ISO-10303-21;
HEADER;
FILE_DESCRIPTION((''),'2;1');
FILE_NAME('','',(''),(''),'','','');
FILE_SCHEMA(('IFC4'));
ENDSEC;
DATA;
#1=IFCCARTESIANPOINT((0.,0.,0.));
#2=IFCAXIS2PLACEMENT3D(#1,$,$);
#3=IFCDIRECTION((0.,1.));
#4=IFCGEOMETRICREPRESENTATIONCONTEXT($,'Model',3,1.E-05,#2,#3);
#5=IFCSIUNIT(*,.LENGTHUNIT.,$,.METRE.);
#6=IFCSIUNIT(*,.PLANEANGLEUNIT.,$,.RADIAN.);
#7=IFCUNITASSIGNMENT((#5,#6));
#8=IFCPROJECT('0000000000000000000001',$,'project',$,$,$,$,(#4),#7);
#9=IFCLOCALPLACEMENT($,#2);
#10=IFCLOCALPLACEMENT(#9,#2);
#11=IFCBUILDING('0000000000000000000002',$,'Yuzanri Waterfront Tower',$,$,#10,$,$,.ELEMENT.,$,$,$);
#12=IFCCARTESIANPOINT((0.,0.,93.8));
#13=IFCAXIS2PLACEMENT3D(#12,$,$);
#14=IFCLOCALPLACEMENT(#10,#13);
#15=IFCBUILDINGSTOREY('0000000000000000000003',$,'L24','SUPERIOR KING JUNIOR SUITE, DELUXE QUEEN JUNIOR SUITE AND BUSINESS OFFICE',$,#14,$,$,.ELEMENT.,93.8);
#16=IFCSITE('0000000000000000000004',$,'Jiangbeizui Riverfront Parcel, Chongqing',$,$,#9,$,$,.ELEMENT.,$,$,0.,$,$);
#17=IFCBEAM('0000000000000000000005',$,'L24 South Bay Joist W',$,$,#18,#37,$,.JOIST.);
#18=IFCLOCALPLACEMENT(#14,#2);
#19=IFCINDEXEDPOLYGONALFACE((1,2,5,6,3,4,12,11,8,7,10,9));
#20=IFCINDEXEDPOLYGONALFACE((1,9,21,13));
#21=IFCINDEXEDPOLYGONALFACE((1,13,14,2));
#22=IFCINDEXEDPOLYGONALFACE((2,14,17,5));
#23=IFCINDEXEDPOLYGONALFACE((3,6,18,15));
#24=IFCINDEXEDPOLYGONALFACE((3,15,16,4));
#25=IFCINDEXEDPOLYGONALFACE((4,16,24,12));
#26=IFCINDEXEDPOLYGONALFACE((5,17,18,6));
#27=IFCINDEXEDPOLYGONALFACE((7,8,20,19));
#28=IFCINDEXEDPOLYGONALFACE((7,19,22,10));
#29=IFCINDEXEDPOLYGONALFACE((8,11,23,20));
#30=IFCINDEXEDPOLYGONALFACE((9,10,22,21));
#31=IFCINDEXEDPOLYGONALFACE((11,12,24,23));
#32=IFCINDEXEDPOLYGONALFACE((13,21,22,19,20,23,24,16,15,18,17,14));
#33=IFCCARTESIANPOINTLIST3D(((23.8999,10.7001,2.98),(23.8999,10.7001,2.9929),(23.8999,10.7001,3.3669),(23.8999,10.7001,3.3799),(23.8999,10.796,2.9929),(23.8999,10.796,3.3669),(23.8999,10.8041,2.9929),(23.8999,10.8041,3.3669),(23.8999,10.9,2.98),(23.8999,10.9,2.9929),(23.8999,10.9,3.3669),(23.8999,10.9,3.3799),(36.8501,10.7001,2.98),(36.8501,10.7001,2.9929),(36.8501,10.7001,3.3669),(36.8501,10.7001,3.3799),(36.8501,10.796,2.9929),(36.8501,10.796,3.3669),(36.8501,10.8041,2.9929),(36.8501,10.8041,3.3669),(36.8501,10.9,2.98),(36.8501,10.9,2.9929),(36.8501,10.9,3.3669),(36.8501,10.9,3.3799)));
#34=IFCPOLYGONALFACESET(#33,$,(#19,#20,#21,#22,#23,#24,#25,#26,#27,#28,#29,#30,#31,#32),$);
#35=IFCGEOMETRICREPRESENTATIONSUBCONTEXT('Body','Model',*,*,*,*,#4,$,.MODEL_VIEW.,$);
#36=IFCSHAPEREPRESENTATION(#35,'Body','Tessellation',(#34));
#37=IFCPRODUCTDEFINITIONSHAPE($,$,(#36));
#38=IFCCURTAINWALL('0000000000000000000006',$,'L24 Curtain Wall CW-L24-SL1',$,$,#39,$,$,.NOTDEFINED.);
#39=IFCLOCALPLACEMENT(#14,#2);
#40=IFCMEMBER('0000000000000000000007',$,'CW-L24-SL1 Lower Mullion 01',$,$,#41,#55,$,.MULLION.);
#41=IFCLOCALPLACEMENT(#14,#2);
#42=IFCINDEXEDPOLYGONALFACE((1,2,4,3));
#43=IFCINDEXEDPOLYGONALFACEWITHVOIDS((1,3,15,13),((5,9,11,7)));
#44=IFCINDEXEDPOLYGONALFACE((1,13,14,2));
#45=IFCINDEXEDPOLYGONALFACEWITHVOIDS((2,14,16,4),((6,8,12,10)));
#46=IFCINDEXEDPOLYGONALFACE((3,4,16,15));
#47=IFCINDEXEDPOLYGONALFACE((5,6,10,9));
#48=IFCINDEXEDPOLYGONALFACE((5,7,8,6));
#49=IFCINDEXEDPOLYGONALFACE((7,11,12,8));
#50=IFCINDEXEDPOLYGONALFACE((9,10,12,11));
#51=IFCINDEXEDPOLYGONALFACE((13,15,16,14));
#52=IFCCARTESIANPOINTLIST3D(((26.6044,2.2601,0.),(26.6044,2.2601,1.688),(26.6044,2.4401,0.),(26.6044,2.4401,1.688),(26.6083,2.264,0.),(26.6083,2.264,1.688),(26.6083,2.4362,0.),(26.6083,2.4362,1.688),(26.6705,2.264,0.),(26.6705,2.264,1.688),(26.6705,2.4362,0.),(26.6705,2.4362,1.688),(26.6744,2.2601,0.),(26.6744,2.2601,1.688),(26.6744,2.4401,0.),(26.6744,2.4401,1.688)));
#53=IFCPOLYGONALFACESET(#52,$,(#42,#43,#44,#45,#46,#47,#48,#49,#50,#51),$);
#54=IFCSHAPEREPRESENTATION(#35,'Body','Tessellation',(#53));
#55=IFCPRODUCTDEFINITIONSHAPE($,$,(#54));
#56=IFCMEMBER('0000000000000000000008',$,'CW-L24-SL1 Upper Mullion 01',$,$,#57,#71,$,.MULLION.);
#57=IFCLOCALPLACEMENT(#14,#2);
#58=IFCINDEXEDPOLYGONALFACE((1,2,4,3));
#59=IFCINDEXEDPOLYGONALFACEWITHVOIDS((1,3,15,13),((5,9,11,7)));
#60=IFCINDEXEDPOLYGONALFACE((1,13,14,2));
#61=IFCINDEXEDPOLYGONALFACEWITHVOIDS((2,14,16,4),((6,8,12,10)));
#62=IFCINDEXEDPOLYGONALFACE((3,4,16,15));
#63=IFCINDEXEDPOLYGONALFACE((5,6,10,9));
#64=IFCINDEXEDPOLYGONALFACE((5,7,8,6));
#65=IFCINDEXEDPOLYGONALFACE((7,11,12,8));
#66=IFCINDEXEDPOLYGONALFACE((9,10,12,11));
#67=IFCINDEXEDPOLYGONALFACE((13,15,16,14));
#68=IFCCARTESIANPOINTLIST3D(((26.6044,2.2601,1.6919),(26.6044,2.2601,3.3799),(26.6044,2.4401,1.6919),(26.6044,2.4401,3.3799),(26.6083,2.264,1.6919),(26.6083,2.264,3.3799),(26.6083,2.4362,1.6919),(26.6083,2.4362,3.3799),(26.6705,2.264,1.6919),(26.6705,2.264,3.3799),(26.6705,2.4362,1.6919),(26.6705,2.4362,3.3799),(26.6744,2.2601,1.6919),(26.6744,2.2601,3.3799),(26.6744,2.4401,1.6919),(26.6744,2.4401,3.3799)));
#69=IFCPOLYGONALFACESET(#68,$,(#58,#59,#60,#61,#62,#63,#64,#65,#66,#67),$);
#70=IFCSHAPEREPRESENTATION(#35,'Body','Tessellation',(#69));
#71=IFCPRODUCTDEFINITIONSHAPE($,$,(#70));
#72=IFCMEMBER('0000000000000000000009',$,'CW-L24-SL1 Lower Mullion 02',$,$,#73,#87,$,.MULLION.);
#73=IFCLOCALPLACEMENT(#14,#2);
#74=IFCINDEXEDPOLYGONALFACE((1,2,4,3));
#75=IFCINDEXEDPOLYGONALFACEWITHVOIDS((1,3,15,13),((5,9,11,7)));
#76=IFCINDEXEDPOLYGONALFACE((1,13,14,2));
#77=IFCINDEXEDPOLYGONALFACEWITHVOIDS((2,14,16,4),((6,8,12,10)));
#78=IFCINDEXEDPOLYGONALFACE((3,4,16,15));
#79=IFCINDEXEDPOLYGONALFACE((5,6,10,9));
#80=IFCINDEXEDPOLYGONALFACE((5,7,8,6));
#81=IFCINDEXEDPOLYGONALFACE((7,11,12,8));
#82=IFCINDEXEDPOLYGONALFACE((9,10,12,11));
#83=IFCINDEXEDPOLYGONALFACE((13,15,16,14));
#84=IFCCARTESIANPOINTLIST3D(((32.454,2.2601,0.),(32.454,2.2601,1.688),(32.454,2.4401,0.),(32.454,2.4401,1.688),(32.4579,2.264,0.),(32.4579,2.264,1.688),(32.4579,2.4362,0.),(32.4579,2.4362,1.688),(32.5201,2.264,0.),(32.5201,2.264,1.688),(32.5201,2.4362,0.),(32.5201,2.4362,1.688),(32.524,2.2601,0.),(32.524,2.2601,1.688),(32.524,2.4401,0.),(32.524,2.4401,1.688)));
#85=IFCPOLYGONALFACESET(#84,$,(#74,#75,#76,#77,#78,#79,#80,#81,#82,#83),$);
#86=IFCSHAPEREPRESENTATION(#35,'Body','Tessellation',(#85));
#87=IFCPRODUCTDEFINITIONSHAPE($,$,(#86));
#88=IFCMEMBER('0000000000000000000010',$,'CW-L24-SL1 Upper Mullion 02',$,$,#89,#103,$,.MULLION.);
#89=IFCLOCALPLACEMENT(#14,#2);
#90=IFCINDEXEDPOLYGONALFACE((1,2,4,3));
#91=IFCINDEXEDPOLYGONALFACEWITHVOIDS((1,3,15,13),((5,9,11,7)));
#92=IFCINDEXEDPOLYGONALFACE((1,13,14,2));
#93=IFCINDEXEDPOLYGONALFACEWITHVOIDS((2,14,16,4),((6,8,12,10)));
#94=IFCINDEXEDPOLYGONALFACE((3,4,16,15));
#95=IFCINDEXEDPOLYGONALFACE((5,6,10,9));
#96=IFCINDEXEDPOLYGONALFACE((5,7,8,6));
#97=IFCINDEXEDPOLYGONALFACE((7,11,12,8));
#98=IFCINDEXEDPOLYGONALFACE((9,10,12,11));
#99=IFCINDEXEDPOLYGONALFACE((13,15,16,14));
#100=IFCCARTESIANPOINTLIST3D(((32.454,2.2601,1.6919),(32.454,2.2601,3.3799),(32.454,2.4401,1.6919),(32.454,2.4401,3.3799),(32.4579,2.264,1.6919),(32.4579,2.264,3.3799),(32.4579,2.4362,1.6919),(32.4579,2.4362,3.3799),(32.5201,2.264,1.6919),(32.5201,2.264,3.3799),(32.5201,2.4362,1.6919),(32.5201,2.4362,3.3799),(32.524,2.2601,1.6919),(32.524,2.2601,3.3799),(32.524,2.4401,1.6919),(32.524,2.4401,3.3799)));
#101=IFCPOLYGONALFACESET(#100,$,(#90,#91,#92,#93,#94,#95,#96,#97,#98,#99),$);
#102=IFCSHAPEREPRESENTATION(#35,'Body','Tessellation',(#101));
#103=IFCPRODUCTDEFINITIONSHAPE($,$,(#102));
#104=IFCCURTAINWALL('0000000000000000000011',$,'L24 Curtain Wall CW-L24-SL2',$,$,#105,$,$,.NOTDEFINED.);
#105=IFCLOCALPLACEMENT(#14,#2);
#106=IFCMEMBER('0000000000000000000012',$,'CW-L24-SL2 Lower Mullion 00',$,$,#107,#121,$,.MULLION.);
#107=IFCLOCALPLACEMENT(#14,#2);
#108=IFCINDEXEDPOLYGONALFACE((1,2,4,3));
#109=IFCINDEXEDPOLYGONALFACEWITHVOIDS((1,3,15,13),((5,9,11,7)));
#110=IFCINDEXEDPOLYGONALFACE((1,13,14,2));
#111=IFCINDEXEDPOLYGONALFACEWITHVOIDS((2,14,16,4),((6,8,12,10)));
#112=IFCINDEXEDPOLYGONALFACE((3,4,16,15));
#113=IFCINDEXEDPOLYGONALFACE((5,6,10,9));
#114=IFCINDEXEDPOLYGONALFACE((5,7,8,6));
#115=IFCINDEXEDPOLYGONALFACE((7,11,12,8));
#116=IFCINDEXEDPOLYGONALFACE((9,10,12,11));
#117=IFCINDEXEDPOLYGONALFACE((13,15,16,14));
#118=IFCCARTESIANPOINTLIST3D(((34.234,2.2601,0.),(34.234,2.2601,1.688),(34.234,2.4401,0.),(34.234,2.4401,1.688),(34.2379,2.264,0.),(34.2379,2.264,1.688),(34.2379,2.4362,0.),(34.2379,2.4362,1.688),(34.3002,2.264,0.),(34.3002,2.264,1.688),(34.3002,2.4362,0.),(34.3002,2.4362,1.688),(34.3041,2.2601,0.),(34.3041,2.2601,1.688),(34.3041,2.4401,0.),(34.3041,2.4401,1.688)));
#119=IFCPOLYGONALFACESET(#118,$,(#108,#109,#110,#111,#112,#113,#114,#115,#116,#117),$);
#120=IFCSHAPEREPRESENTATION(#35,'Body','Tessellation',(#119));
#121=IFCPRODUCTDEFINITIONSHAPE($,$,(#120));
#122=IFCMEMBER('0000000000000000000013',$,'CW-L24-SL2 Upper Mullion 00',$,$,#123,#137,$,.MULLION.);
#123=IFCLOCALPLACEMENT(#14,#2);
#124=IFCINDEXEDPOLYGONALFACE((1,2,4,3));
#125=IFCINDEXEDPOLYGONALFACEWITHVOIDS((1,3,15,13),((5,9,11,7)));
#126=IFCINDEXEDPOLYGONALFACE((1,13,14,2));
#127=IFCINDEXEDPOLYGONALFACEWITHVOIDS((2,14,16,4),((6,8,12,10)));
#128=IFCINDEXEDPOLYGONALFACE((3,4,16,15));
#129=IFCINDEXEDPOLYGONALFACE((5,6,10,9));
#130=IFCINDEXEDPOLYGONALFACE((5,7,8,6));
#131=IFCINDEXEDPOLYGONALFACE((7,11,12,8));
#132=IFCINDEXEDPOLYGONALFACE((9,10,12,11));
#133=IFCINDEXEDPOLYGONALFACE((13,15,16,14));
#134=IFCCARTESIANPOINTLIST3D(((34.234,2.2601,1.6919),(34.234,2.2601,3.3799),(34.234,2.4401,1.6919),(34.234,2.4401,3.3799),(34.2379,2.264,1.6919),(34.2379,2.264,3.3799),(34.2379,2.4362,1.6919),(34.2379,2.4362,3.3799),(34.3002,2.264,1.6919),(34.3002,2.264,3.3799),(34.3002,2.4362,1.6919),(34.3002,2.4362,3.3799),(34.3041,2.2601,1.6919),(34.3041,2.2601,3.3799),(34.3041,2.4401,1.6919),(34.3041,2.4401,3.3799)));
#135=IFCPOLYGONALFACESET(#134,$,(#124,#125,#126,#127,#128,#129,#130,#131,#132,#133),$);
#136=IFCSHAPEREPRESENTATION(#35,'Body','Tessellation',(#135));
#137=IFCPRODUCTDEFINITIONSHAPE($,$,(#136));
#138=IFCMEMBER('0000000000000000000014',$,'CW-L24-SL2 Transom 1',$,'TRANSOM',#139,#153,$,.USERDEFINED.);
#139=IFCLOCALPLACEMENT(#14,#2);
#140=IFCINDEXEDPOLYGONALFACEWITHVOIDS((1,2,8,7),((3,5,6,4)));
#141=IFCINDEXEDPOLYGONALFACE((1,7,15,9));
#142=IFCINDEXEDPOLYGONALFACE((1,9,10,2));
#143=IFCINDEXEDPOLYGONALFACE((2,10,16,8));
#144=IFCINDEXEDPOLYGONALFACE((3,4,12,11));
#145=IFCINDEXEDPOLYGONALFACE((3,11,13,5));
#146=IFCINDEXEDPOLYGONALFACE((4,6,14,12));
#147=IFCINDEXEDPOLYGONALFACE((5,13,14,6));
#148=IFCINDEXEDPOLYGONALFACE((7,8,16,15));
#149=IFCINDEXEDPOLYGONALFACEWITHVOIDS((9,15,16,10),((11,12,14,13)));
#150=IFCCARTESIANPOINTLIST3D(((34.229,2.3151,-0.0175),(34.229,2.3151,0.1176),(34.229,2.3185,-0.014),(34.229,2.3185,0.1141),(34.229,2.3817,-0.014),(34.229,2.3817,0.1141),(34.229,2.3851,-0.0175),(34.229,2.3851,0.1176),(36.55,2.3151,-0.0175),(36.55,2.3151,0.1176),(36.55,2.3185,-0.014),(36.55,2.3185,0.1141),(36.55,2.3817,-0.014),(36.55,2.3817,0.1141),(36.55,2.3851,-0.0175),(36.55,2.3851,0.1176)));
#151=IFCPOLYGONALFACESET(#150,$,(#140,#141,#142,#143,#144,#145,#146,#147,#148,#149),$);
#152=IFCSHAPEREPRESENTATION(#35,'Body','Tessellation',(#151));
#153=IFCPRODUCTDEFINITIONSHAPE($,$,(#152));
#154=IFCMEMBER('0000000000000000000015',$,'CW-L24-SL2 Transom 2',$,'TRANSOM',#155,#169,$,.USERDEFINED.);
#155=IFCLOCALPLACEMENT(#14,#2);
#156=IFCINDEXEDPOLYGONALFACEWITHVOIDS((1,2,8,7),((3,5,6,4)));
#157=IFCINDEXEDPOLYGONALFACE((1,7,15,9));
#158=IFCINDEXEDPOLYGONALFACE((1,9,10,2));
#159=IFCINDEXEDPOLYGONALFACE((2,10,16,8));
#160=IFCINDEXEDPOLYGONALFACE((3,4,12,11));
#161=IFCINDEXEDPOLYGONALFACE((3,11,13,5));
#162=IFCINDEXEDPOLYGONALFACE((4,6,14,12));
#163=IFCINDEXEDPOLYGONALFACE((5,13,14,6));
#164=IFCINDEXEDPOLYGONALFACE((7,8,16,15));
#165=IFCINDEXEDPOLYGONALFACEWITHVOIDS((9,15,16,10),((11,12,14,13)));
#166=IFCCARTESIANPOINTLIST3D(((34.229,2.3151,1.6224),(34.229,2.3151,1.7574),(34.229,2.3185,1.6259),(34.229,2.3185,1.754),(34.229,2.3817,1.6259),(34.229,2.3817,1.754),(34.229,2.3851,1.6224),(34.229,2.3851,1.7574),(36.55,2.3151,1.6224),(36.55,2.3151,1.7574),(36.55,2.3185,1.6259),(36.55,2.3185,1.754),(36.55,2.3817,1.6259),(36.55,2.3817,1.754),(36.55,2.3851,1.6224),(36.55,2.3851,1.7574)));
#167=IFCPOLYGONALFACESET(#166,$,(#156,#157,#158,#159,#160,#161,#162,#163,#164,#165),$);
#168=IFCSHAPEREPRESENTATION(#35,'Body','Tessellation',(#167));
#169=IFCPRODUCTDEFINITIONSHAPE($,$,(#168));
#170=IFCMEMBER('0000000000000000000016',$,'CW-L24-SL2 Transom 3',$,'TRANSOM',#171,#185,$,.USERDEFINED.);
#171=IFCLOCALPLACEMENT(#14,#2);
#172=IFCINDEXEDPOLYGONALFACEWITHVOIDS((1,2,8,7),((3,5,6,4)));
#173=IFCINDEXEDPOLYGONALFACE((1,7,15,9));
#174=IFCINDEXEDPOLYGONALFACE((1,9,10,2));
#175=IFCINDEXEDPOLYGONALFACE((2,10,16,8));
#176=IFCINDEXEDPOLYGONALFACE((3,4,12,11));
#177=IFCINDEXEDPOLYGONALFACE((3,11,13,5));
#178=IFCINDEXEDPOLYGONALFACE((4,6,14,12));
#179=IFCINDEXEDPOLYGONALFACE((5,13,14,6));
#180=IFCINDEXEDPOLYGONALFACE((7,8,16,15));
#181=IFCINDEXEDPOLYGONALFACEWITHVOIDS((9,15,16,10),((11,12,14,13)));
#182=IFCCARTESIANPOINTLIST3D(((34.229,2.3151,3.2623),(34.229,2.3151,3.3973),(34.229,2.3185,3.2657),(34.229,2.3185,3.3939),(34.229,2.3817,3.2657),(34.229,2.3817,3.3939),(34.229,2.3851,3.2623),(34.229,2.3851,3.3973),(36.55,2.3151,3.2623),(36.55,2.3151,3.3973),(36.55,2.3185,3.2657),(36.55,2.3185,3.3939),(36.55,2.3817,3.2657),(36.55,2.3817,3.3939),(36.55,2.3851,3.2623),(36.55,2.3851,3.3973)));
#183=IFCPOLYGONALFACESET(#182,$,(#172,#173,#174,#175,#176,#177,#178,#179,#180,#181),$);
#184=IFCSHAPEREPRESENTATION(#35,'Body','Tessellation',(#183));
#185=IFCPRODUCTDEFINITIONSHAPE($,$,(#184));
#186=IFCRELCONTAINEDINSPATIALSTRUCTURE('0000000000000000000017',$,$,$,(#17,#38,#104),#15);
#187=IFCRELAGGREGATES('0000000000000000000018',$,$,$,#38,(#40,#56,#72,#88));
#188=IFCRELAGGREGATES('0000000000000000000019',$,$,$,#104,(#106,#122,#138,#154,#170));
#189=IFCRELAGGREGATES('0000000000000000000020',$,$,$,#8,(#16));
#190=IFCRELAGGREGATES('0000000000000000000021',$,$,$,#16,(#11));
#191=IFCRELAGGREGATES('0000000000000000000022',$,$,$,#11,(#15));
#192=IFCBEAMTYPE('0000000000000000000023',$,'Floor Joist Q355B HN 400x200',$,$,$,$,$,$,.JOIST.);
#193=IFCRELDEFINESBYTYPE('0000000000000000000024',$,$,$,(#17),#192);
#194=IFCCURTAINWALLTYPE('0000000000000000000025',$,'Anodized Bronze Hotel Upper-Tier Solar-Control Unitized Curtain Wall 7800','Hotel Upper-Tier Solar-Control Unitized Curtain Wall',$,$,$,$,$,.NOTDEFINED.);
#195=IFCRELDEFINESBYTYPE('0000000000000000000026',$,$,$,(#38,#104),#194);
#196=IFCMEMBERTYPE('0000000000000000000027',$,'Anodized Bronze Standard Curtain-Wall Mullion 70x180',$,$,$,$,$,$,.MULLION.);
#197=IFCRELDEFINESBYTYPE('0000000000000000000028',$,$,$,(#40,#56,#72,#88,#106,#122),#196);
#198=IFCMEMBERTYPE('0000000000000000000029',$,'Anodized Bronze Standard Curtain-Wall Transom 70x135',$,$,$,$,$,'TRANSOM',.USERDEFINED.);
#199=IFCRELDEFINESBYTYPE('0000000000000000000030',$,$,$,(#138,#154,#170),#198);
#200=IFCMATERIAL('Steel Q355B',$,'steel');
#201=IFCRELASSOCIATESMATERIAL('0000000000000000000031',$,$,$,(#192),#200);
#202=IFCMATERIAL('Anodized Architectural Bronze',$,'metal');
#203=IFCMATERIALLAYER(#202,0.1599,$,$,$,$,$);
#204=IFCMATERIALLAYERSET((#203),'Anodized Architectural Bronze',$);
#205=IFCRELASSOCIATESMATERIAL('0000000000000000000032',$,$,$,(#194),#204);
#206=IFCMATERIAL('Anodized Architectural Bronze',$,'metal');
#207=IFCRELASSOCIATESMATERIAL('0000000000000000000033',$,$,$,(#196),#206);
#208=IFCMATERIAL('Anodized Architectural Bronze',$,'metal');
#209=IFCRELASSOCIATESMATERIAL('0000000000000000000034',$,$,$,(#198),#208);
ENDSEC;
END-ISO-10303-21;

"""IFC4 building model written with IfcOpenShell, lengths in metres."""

from ifc_helpers import new_model, si_unit, direction, frame, origin, origin_2d, place, context, subcontext, project, spatial, hollow_rectangle, i_section, extrude, source, transform, mapped, material, layer, layer_set, material_profile, profile_set, type_object, element, aggregate, save


model = new_model("IFC4")

# Units and contexts
model_context = context("Model", 3, precision=1e-05, world=origin(), true_north=direction((0.0, 1.0)))
body_context = subcontext(model_context, "Body", "Model", "MODEL_VIEW")
ifc_project = project(units=[si_unit("LENGTHUNIT", "METRE"), si_unit("PLANEANGLEUNIT", "RADIAN")], contexts=[model_context])

# Site, building, storey
site_placement = place(None, origin())
site = spatial("IfcSite", under=ifc_project, at=site_placement, Name="Jiangbeizui Riverfront Parcel, Chongqing", CompositionType="ELEMENT", RefElevation=0.0)
building_placement = place(site_placement, origin())
building = spatial("IfcBuilding", under=site, at=building_placement, Name="Yuzanri Waterfront Tower", CompositionType="ELEMENT")
storey_placement = place(building_placement, frame((0.0, 0.0, 93.8)))
storey = spatial("IfcBuildingStorey", under=building, at=storey_placement, Name="L24", Description="SUPERIOR KING JUNIOR SUITE, DELUXE QUEEN JUNIOR SUITE AND BUSINESS OFFICE", CompositionType="ELEMENT", Elevation=93.8)

# Beam
ifc_material_1 = material(Name="Steel Q355B", Category="steel")
ifc_material_profile_1 = material_profile(ifc_material_1, i_section(OverallWidth=0.2, OverallDepth=0.3999, WebThickness=0.0081, FlangeThickness=0.0129, at=origin_2d()), Name="HN 400x200x8x13")
ifc_profile_set_1 = profile_set([ifc_material_profile_1], Name="Steel Q355B")
beam_type = type_object("IfcBeamType", Name="Floor Joist Q355B HN 400x200", PredefinedType="JOIST", material=ifc_profile_set_1)
shared_shape_1 = source(origin(), body_context, "Body", "SweptSolid", [
    extrude(i_section(OverallWidth=0.2, OverallDepth=0.3999, WebThickness=0.0081, FlangeThickness=0.0129, at=origin_2d()), origin(), (0.0, 0.0, 1.0), 12.9502),
])
beam_placement = place(storey_placement, frame((23.8999, 10.8, 3.1799), z_axis=(1.0, 0.0, 0.0), x_axis=(0.0, 1.0, 0.0)))
element("IfcBeam", 1, at=beam_placement, inside=storey, type_object=beam_type, Name="L24 South Bay Joist W", PredefinedType="JOIST", context=body_context, shape_type="MappedRepresentation", body=[
    mapped(shared_shape_1, transform((0.0, 0.0, 0.0), scale=1.0)),
])

# Curtain walls, members
ifc_material_2 = material(Name="Anodized Architectural Bronze", Category="metal")
ifc_layer_1 = layer(ifc_material_2, 0.1599)
ifc_layer_set_1 = layer_set([ifc_layer_1], Name="Anodized Architectural Bronze")
curtain_wall_type = type_object("IfcCurtainWallType", Name="Anodized Bronze Hotel Upper-Tier Solar-Control Unitized Curtain Wall 7800", Description="Hotel Upper-Tier Solar-Control Unitized Curtain Wall", PredefinedType="NOTDEFINED", material=ifc_layer_set_1)
curtain_wall_1_placement = place(storey_placement, origin())
curtain_wall_1 = element("IfcCurtainWall", 2, at=curtain_wall_1_placement, inside=storey, type_object=curtain_wall_type, Name="L24 Curtain Wall CW-L24-SL1", PredefinedType="NOTDEFINED")
ifc_material_3 = material(Name="Anodized Architectural Bronze", Category="metal")
ifc_material_profile_2 = material_profile(ifc_material_3, hollow_rectangle(XDim=0.0701, YDim=0.1799, WallThickness=0.0039, at=origin_2d()), Name="CWM 70x180")
ifc_profile_set_2 = profile_set([ifc_material_profile_2], Name="Anodized Architectural Bronze")
member_type_1 = type_object("IfcMemberType", Name="Anodized Bronze Standard Curtain-Wall Mullion 70x180", PredefinedType="MULLION", material=ifc_profile_set_2)
shared_shape_2 = source(origin(), body_context, "Body", "SweptSolid", [
    extrude(hollow_rectangle(XDim=0.0701, YDim=0.1799, WallThickness=0.0039, at=origin_2d()), origin(), (0.0, 0.0, 1.0), 1.688),
])
member_1_placement = place(storey_placement, frame((26.6394, 2.3501, 0.0), z_axis=(0.0, 0.0, 1.0), x_axis=(1.0, 0.0, 0.0)))
member_1 = element("IfcMember", 3, at=member_1_placement, type_object=member_type_1, Name="CW-L24-SL1 Lower Mullion 01", PredefinedType="MULLION", context=body_context, shape_type="MappedRepresentation", body=[
    mapped(shared_shape_2, transform((0.0, 0.0, 0.0), scale=1.0)),
])
member_2_placement = place(storey_placement, frame((26.6394, 2.3501, 1.6919), z_axis=(0.0, 0.0, 1.0), x_axis=(1.0, 0.0, 0.0)))
member_2 = element("IfcMember", 4, at=member_2_placement, type_object=member_type_1, Name="CW-L24-SL1 Upper Mullion 01", PredefinedType="MULLION", context=body_context, shape_type="MappedRepresentation", body=[
    mapped(shared_shape_2, transform((0.0, 0.0, 0.0), scale=1.0)),
])
member_3_placement = place(storey_placement, frame((32.489, 2.3501, 0.0), z_axis=(0.0, 0.0, 1.0), x_axis=(1.0, 0.0, 0.0)))
member_3 = element("IfcMember", 5, at=member_3_placement, type_object=member_type_1, Name="CW-L24-SL1 Lower Mullion 02", PredefinedType="MULLION", context=body_context, shape_type="MappedRepresentation", body=[
    mapped(shared_shape_2, transform((0.0, 0.0, 0.0), scale=1.0)),
])
member_4_placement = place(storey_placement, frame((32.489, 2.3501, 1.6919), z_axis=(0.0, 0.0, 1.0), x_axis=(1.0, 0.0, 0.0)))
member_4 = element("IfcMember", 6, at=member_4_placement, type_object=member_type_1, Name="CW-L24-SL1 Upper Mullion 02", PredefinedType="MULLION", context=body_context, shape_type="MappedRepresentation", body=[
    mapped(shared_shape_2, transform((0.0, 0.0, 0.0), scale=1.0)),
])
curtain_wall_2_placement = place(storey_placement, origin())
curtain_wall_2 = element("IfcCurtainWall", 7, at=curtain_wall_2_placement, inside=storey, type_object=curtain_wall_type, Name="L24 Curtain Wall CW-L24-SL2", PredefinedType="NOTDEFINED")
member_5_placement = place(storey_placement, frame((34.269, 2.3501, 0.0), z_axis=(0.0, 0.0, 1.0), x_axis=(1.0, 0.0, 0.0)))
member_5 = element("IfcMember", 8, at=member_5_placement, type_object=member_type_1, Name="CW-L24-SL2 Lower Mullion 00", PredefinedType="MULLION", context=body_context, shape_type="MappedRepresentation", body=[
    mapped(shared_shape_2, transform((0.0, 0.0, 0.0), scale=1.0)),
])
member_6_placement = place(storey_placement, frame((34.269, 2.3501, 1.6919), z_axis=(0.0, 0.0, 1.0), x_axis=(1.0, 0.0, 0.0)))
member_6 = element("IfcMember", 9, at=member_6_placement, type_object=member_type_1, Name="CW-L24-SL2 Upper Mullion 00", PredefinedType="MULLION", context=body_context, shape_type="MappedRepresentation", body=[
    mapped(shared_shape_2, transform((0.0, 0.0, 0.0), scale=1.0)),
])
ifc_material_4 = material(Name="Anodized Architectural Bronze", Category="metal")
ifc_material_profile_3 = material_profile(ifc_material_4, hollow_rectangle(XDim=0.0701, YDim=0.135, WallThickness=0.0034, at=origin_2d()), Name="CWT 70x135")
ifc_profile_set_3 = profile_set([ifc_material_profile_3], Name="Anodized Architectural Bronze")
member_type_2 = type_object("IfcMemberType", Name="Anodized Bronze Standard Curtain-Wall Transom 70x135", ElementType="TRANSOM", PredefinedType="USERDEFINED", material=ifc_profile_set_3)
shared_shape_3 = source(origin(), body_context, "Body", "SweptSolid", [
    extrude(hollow_rectangle(XDim=0.0701, YDim=0.135, WallThickness=0.0034, at=origin_2d()), origin(), (0.0, 0.0, 1.0), 2.321),
])
member_7_placement = place(storey_placement, frame((34.229, 2.3501, 0.05), z_axis=(1.0, 0.0, 0.0), x_axis=(0.0, 1.0, 0.0)))
member_7 = element("IfcMember", 10, at=member_7_placement, type_object=member_type_2, Name="CW-L24-SL2 Transom 1", ObjectType="TRANSOM", PredefinedType="USERDEFINED", context=body_context, shape_type="MappedRepresentation", body=[
    mapped(shared_shape_3, transform((0.0, 0.0, 0.0), scale=1.0)),
])
member_8_placement = place(storey_placement, frame((34.229, 2.3501, 1.6899), z_axis=(1.0, 0.0, 0.0), x_axis=(0.0, 1.0, 0.0)))
member_8 = element("IfcMember", 11, at=member_8_placement, type_object=member_type_2, Name="CW-L24-SL2 Transom 2", ObjectType="TRANSOM", PredefinedType="USERDEFINED", context=body_context, shape_type="MappedRepresentation", body=[
    mapped(shared_shape_3, transform((0.0, 0.0, 0.0), scale=1.0)),
])
member_9_placement = place(storey_placement, frame((34.229, 2.3501, 3.3298), z_axis=(1.0, 0.0, 0.0), x_axis=(0.0, 1.0, 0.0)))
member_9 = element("IfcMember", 12, at=member_9_placement, type_object=member_type_2, Name="CW-L24-SL2 Transom 3", ObjectType="TRANSOM", PredefinedType="USERDEFINED", context=body_context, shape_type="MappedRepresentation", body=[
    mapped(shared_shape_3, transform((0.0, 0.0, 0.0), scale=1.0)),
])

aggregate(curtain_wall_1, [member_1, member_2, member_3, member_4])
aggregate(curtain_wall_2, [member_5, member_6, member_7, member_8, member_9])

save(model, "model.ifc")
